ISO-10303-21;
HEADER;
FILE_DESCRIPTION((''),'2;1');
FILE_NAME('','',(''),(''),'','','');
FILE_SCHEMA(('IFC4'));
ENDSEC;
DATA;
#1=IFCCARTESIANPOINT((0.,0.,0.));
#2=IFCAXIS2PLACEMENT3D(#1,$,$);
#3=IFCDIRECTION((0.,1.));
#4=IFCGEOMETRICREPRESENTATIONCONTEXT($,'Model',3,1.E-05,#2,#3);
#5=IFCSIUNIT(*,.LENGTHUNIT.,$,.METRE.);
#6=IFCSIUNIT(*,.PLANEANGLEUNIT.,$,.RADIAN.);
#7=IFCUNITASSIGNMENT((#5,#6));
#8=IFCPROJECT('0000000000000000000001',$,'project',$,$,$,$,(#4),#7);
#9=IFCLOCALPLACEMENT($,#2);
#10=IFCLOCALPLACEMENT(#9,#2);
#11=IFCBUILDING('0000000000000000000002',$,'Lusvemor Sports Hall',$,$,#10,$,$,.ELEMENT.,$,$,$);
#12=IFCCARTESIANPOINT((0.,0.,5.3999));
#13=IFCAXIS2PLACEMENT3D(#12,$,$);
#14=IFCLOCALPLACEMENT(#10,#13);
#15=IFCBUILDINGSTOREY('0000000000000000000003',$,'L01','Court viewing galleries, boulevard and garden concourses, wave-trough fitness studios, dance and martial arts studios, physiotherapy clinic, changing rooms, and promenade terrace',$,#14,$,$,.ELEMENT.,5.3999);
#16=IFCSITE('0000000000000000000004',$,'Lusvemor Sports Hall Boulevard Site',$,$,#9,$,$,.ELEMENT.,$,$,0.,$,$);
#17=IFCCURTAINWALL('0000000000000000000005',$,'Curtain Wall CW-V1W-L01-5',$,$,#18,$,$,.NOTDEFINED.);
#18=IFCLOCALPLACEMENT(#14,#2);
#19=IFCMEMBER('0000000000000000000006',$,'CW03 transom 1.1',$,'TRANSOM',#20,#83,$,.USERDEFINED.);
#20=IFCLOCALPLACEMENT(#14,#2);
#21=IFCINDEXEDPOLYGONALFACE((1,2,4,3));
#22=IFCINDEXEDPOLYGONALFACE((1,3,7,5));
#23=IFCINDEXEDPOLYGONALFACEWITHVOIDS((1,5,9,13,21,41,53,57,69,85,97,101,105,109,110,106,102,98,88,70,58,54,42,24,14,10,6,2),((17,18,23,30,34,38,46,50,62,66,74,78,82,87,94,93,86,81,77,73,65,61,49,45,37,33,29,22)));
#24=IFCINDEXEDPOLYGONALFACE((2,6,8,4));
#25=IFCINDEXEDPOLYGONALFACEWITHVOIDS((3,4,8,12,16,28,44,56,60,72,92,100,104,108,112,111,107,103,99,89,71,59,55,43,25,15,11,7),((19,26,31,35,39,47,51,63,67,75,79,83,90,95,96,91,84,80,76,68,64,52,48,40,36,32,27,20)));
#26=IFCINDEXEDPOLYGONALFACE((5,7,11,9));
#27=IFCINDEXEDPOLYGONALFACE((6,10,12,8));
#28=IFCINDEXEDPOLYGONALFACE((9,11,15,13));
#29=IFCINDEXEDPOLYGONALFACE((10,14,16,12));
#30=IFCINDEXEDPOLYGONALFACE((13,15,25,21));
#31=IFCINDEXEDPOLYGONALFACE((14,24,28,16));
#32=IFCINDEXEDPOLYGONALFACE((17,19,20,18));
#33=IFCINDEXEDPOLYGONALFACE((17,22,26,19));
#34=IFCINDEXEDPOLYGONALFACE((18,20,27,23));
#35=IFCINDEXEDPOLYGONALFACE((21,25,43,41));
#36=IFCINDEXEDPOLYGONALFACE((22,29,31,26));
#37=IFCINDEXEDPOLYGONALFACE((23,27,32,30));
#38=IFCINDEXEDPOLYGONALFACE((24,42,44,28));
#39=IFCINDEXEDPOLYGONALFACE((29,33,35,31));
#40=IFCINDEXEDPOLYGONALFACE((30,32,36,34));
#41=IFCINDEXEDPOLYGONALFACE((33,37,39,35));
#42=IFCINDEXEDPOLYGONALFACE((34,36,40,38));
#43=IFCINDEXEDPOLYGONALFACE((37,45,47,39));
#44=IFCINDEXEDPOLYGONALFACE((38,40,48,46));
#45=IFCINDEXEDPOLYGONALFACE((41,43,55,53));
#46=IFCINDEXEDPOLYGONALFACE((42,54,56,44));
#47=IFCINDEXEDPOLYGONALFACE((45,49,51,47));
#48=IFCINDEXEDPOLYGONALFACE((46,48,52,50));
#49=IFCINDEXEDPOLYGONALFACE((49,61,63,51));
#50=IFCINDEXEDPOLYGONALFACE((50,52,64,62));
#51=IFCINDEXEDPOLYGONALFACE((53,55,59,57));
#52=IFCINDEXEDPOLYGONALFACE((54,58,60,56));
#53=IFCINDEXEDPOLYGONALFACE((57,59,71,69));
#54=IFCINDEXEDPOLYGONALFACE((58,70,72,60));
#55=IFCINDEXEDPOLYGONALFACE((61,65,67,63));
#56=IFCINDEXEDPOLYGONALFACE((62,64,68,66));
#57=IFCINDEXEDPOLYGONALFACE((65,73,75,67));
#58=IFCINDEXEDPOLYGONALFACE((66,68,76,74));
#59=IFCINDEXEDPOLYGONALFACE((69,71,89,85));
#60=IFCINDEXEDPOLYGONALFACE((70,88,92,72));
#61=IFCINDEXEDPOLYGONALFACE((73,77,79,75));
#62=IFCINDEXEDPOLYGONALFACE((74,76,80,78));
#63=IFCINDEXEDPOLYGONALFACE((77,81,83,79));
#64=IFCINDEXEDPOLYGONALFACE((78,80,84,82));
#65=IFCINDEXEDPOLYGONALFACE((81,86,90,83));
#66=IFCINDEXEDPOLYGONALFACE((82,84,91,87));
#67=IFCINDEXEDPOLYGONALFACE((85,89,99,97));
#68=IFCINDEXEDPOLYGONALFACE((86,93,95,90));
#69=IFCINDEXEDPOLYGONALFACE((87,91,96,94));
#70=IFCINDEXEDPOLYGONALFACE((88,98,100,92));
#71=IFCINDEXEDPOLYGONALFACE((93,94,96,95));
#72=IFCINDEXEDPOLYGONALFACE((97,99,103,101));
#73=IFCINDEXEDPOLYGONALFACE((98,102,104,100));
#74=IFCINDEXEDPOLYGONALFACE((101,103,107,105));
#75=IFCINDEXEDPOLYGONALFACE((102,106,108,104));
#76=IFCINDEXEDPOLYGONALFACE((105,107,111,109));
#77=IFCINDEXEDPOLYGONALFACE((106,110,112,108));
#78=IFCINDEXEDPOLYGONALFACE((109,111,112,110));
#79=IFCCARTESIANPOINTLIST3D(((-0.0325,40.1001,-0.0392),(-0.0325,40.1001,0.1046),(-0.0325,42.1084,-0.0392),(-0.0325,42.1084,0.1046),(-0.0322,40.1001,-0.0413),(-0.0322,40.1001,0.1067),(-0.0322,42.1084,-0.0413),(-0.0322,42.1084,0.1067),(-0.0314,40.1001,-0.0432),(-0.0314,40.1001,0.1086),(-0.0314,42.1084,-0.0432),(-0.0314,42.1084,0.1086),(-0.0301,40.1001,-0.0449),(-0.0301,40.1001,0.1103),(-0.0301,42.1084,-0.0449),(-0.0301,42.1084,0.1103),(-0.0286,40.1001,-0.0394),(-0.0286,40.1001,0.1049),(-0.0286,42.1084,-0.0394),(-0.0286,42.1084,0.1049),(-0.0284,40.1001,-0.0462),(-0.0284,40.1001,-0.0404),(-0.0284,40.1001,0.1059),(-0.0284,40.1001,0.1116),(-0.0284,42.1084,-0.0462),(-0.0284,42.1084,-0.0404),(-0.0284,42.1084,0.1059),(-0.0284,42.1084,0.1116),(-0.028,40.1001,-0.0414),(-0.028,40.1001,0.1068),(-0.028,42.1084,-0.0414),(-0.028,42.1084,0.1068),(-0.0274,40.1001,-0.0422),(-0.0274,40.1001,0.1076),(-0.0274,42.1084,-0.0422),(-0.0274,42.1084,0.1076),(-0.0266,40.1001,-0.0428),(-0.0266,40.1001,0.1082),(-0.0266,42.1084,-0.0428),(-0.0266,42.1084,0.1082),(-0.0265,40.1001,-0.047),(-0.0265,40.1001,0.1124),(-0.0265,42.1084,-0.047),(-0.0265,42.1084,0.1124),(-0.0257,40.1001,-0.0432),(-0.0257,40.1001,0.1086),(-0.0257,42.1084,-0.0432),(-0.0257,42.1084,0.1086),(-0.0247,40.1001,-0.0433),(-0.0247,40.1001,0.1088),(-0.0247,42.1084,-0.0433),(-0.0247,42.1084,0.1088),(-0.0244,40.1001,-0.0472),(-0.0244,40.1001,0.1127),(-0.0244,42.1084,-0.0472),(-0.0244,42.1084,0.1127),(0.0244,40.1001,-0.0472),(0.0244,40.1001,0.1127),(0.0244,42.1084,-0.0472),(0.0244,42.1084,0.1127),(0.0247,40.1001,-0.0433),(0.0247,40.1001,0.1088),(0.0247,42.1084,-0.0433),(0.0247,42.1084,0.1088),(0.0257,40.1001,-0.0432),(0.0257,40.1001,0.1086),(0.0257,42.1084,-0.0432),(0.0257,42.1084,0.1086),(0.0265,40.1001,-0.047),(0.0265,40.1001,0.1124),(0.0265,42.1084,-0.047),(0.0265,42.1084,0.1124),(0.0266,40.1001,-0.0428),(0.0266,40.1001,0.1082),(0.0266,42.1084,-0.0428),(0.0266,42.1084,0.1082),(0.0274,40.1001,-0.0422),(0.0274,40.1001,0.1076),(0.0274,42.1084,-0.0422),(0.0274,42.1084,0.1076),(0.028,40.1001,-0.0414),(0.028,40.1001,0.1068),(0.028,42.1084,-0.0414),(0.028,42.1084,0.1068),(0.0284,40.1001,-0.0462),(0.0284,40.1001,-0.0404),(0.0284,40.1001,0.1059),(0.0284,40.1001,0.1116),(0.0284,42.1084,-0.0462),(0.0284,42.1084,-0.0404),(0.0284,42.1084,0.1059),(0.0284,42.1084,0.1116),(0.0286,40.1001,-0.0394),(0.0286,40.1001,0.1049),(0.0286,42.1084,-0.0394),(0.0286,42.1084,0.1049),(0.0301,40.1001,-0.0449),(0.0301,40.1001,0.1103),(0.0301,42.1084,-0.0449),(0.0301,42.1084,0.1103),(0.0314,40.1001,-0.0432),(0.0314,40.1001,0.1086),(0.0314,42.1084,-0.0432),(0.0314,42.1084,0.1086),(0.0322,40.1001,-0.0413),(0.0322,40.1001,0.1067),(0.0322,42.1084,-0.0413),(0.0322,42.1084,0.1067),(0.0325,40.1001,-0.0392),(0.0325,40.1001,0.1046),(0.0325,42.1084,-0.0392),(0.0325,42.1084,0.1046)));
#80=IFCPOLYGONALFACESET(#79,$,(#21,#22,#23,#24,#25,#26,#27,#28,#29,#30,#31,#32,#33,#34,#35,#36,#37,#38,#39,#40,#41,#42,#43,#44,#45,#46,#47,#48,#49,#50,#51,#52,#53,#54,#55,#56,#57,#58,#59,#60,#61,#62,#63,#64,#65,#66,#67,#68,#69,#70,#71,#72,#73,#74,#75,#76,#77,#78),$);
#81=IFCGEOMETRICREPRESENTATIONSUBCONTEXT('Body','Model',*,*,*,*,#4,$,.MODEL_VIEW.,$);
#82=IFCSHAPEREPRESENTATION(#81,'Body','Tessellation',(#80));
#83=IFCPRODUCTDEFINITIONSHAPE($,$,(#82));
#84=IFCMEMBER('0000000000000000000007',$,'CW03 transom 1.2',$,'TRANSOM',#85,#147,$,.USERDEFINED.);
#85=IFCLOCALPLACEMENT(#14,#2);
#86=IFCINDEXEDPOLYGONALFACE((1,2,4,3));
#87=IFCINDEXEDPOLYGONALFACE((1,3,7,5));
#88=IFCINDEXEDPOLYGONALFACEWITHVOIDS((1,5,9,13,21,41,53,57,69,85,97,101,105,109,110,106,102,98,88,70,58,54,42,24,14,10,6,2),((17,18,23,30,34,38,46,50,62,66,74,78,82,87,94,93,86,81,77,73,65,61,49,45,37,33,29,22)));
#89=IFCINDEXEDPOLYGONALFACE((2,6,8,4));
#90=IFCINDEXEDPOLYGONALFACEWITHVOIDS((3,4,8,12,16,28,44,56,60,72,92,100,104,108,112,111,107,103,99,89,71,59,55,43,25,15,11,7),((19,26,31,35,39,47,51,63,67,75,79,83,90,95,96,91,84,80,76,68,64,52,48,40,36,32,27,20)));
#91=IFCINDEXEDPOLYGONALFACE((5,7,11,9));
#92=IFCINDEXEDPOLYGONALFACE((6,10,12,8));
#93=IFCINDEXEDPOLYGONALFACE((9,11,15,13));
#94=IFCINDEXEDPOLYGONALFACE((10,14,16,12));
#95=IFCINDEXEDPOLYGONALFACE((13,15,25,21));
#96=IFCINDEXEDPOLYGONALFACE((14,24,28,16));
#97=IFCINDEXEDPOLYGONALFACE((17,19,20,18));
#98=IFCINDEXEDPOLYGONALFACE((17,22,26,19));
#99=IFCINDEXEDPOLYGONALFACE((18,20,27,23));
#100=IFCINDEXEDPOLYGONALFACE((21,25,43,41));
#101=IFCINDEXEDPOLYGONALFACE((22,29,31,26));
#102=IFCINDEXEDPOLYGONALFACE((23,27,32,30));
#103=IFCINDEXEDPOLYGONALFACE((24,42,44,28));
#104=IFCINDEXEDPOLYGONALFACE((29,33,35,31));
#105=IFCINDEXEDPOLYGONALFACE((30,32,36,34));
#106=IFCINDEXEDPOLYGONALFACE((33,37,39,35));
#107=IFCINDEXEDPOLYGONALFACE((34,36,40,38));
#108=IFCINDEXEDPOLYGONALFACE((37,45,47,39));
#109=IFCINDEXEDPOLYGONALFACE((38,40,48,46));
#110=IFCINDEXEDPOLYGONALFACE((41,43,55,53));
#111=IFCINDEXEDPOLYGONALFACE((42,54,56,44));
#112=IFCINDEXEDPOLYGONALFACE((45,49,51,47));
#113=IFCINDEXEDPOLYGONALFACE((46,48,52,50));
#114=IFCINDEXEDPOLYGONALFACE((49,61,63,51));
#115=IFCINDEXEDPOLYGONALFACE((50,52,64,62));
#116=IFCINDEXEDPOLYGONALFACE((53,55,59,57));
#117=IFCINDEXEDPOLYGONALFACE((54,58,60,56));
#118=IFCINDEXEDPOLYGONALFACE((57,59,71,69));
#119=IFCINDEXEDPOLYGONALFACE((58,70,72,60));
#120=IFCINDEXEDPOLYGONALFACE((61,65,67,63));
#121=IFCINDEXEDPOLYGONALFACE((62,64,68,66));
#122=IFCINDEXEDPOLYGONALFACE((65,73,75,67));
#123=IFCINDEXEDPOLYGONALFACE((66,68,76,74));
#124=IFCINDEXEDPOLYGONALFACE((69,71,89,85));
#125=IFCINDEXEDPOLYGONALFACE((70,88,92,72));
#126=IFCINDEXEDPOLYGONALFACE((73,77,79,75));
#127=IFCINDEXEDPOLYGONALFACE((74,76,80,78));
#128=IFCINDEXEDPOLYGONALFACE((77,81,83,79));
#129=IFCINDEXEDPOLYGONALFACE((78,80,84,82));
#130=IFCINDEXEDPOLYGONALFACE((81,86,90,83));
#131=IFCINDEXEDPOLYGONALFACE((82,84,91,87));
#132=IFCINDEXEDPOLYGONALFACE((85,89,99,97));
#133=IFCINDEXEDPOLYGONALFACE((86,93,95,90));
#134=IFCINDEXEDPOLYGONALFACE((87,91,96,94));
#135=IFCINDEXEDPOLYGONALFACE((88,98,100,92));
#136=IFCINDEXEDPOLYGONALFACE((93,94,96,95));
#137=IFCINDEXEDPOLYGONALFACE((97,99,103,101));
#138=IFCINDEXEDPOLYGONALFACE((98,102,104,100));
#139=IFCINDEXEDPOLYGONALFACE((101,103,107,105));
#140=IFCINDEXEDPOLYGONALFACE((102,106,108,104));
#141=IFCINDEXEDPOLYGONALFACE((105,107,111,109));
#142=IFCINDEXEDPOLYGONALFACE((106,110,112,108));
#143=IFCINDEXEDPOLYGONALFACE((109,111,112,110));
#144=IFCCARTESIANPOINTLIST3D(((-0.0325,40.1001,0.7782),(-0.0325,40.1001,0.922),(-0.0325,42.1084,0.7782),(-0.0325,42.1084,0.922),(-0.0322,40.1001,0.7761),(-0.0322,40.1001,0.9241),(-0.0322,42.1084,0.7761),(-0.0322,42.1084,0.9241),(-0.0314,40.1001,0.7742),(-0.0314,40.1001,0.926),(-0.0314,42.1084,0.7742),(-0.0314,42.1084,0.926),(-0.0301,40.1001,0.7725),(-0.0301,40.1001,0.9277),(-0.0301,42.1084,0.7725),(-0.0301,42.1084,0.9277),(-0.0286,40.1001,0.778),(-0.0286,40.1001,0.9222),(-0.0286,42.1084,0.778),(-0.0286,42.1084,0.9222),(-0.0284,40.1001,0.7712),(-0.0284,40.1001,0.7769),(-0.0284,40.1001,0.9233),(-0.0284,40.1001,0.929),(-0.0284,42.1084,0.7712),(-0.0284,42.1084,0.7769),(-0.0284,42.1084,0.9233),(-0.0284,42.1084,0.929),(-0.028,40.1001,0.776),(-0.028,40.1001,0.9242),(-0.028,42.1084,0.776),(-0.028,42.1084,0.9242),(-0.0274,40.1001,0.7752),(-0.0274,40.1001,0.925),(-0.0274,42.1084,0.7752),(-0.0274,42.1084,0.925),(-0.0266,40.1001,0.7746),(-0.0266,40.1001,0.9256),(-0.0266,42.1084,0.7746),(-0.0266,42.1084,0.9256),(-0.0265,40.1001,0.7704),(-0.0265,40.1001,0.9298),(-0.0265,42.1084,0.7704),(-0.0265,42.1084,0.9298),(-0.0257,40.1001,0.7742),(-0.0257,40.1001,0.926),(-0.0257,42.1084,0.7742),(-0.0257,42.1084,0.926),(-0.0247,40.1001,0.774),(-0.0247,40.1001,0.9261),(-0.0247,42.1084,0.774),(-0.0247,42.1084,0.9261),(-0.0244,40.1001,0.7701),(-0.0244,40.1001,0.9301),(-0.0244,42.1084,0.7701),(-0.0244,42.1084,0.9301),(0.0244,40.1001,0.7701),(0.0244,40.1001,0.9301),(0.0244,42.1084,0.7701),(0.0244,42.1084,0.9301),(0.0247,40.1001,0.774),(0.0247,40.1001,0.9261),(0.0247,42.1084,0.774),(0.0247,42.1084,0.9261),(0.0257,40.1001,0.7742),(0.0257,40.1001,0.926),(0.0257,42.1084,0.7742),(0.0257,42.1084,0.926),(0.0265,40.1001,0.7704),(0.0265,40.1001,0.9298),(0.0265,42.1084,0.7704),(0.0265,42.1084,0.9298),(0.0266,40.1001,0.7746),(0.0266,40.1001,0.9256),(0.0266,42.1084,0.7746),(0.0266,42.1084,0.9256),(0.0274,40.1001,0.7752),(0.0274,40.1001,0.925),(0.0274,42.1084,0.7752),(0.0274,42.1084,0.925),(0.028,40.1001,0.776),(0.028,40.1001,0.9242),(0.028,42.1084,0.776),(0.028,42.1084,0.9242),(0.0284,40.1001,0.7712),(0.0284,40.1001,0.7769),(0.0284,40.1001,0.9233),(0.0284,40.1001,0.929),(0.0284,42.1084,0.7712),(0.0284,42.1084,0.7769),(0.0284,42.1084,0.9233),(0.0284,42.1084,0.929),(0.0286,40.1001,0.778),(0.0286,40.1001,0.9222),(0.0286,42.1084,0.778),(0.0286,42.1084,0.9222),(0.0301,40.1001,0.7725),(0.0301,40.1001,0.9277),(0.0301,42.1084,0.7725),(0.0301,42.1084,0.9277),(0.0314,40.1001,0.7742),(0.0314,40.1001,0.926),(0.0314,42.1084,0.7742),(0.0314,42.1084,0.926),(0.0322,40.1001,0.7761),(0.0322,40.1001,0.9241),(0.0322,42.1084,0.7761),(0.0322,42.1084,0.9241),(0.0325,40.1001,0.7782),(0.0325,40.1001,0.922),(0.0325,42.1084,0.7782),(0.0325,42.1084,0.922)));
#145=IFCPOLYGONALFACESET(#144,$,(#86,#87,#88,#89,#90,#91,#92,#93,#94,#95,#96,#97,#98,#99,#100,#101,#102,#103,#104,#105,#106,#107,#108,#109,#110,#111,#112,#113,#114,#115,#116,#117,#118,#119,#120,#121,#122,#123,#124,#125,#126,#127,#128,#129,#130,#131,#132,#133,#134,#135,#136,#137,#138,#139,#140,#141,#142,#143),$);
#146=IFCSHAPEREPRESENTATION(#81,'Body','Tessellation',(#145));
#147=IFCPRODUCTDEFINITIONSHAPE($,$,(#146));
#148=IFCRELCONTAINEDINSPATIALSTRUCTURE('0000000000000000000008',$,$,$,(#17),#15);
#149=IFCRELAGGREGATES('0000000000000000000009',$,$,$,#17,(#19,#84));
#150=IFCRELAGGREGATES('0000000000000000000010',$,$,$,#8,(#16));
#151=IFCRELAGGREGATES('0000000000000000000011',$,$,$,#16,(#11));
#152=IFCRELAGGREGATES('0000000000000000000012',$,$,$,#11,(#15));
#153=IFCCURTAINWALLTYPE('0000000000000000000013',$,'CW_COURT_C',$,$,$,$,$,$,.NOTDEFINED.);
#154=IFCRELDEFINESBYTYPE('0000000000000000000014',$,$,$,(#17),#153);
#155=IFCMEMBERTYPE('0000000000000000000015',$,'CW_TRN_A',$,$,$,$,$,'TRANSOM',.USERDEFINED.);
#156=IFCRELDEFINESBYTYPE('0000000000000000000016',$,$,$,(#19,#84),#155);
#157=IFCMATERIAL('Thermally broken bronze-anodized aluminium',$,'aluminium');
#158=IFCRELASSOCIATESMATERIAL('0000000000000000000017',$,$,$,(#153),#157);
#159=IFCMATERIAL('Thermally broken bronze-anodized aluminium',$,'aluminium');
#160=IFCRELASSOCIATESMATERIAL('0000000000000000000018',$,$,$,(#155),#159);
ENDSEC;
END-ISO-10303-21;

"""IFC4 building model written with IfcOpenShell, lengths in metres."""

from ifc_helpers import new_model, si_unit, direction, frame, origin, origin_2d, place, context, subcontext, project, spatial, hollow_rectangle, extrude, material, material_profile, profile_set, type_object, element, aggregate, save


model = new_model("IFC4")

# Units and contexts
model_context = context("Model", 3, precision=1e-05, world=origin(), true_north=direction((0.0, 1.0)))
body_context = subcontext(model_context, "Body", "Model", "MODEL_VIEW")
ifc_project = project(units=[si_unit("LENGTHUNIT", "METRE"), si_unit("PLANEANGLEUNIT", "RADIAN")], contexts=[model_context])

# Site, building, storey
site_placement = place(None, origin())
site = spatial("IfcSite", under=ifc_project, at=site_placement, Name="Lusvemor Sports Hall Boulevard Site", CompositionType="ELEMENT", RefElevation=0.0)
building_placement = place(site_placement, origin())
building = spatial("IfcBuilding", under=site, at=building_placement, Name="Lusvemor Sports Hall", CompositionType="ELEMENT")
storey_placement = place(building_placement, frame((0.0, 0.0, 5.3999)))
storey = spatial("IfcBuildingStorey", under=building, at=storey_placement, Name="L01", Description="Court viewing galleries, boulevard and garden concourses, wave-trough fitness studios, dance and martial arts studios, physiotherapy clinic, changing rooms, and promenade terrace", CompositionType="ELEMENT", Elevation=5.3999)

# Shared definitions
ifc_material_1 = material(Name="Thermally broken bronze-anodized aluminium", Category="aluminium")
curtain_wall_type = type_object("IfcCurtainWallType", Name="CW_COURT_C", PredefinedType="NOTDEFINED", material=ifc_material_1)

# Curtain wall
curtain_wall_1_placement = place(storey_placement, origin())
curtain_wall_1 = element("IfcCurtainWall", 1, at=curtain_wall_1_placement, inside=storey, type_object=curtain_wall_type, Name="Curtain Wall CW-V1W-L01-5", PredefinedType="NOTDEFINED")

# Members
ifc_material_2 = material(Name="Thermally broken bronze-anodized aluminium", Category="aluminium")
ifc_material_profile_1 = material_profile(ifc_material_2, hollow_rectangle(XDim=0.0649, YDim=0.1599, WallThickness=0.0039, InnerFilletRadius=0.0039, OuterFilletRadius=0.0081, at=origin_2d()), Name="CWTRN160x65x4")
ifc_profile_set_1 = profile_set([ifc_material_profile_1], Name="Thermally broken bronze-anodized aluminium")
member_type_1 = type_object("IfcMemberType", Name="CW_TRN_A", ElementType="TRANSOM", PredefinedType="USERDEFINED", material=ifc_profile_set_1)
member_1_placement = place(storey_placement, frame((0.0, 40.1001, 0.0327), z_axis=(0.0, 1.0, 0.0), x_axis=(-1.0, 0.0, 0.0)))
member_1 = element("IfcMember", 2, at=member_1_placement, type_object=member_type_1, Name="CW03 transom 1.1", ObjectType="TRANSOM", PredefinedType="USERDEFINED", context=body_context, shape_type="SweptSolid", body=[
    extrude(hollow_rectangle(XDim=0.0649, YDim=0.1599, WallThickness=0.0039, InnerFilletRadius=0.0039, OuterFilletRadius=0.0081, at=origin_2d()), origin(), (0.0, 0.0, 1.0), 2.0083),
])
member_2_placement = place(storey_placement, frame((0.0, 40.1001, 0.8501), z_axis=(0.0, 1.0, 0.0), x_axis=(-1.0, 0.0, 0.0)))
member_2 = element("IfcMember", 3, at=member_2_placement, type_object=member_type_1, Name="CW03 transom 1.2", ObjectType="TRANSOM", PredefinedType="USERDEFINED", context=body_context, shape_type="SweptSolid", body=[
    extrude(hollow_rectangle(XDim=0.0649, YDim=0.1599, WallThickness=0.0039, InnerFilletRadius=0.0039, OuterFilletRadius=0.0081, at=origin_2d()), origin(), (0.0, 0.0, 1.0), 2.0083),
])

aggregate(curtain_wall_1, [member_1, member_2])

save(model, "model.ifc")
